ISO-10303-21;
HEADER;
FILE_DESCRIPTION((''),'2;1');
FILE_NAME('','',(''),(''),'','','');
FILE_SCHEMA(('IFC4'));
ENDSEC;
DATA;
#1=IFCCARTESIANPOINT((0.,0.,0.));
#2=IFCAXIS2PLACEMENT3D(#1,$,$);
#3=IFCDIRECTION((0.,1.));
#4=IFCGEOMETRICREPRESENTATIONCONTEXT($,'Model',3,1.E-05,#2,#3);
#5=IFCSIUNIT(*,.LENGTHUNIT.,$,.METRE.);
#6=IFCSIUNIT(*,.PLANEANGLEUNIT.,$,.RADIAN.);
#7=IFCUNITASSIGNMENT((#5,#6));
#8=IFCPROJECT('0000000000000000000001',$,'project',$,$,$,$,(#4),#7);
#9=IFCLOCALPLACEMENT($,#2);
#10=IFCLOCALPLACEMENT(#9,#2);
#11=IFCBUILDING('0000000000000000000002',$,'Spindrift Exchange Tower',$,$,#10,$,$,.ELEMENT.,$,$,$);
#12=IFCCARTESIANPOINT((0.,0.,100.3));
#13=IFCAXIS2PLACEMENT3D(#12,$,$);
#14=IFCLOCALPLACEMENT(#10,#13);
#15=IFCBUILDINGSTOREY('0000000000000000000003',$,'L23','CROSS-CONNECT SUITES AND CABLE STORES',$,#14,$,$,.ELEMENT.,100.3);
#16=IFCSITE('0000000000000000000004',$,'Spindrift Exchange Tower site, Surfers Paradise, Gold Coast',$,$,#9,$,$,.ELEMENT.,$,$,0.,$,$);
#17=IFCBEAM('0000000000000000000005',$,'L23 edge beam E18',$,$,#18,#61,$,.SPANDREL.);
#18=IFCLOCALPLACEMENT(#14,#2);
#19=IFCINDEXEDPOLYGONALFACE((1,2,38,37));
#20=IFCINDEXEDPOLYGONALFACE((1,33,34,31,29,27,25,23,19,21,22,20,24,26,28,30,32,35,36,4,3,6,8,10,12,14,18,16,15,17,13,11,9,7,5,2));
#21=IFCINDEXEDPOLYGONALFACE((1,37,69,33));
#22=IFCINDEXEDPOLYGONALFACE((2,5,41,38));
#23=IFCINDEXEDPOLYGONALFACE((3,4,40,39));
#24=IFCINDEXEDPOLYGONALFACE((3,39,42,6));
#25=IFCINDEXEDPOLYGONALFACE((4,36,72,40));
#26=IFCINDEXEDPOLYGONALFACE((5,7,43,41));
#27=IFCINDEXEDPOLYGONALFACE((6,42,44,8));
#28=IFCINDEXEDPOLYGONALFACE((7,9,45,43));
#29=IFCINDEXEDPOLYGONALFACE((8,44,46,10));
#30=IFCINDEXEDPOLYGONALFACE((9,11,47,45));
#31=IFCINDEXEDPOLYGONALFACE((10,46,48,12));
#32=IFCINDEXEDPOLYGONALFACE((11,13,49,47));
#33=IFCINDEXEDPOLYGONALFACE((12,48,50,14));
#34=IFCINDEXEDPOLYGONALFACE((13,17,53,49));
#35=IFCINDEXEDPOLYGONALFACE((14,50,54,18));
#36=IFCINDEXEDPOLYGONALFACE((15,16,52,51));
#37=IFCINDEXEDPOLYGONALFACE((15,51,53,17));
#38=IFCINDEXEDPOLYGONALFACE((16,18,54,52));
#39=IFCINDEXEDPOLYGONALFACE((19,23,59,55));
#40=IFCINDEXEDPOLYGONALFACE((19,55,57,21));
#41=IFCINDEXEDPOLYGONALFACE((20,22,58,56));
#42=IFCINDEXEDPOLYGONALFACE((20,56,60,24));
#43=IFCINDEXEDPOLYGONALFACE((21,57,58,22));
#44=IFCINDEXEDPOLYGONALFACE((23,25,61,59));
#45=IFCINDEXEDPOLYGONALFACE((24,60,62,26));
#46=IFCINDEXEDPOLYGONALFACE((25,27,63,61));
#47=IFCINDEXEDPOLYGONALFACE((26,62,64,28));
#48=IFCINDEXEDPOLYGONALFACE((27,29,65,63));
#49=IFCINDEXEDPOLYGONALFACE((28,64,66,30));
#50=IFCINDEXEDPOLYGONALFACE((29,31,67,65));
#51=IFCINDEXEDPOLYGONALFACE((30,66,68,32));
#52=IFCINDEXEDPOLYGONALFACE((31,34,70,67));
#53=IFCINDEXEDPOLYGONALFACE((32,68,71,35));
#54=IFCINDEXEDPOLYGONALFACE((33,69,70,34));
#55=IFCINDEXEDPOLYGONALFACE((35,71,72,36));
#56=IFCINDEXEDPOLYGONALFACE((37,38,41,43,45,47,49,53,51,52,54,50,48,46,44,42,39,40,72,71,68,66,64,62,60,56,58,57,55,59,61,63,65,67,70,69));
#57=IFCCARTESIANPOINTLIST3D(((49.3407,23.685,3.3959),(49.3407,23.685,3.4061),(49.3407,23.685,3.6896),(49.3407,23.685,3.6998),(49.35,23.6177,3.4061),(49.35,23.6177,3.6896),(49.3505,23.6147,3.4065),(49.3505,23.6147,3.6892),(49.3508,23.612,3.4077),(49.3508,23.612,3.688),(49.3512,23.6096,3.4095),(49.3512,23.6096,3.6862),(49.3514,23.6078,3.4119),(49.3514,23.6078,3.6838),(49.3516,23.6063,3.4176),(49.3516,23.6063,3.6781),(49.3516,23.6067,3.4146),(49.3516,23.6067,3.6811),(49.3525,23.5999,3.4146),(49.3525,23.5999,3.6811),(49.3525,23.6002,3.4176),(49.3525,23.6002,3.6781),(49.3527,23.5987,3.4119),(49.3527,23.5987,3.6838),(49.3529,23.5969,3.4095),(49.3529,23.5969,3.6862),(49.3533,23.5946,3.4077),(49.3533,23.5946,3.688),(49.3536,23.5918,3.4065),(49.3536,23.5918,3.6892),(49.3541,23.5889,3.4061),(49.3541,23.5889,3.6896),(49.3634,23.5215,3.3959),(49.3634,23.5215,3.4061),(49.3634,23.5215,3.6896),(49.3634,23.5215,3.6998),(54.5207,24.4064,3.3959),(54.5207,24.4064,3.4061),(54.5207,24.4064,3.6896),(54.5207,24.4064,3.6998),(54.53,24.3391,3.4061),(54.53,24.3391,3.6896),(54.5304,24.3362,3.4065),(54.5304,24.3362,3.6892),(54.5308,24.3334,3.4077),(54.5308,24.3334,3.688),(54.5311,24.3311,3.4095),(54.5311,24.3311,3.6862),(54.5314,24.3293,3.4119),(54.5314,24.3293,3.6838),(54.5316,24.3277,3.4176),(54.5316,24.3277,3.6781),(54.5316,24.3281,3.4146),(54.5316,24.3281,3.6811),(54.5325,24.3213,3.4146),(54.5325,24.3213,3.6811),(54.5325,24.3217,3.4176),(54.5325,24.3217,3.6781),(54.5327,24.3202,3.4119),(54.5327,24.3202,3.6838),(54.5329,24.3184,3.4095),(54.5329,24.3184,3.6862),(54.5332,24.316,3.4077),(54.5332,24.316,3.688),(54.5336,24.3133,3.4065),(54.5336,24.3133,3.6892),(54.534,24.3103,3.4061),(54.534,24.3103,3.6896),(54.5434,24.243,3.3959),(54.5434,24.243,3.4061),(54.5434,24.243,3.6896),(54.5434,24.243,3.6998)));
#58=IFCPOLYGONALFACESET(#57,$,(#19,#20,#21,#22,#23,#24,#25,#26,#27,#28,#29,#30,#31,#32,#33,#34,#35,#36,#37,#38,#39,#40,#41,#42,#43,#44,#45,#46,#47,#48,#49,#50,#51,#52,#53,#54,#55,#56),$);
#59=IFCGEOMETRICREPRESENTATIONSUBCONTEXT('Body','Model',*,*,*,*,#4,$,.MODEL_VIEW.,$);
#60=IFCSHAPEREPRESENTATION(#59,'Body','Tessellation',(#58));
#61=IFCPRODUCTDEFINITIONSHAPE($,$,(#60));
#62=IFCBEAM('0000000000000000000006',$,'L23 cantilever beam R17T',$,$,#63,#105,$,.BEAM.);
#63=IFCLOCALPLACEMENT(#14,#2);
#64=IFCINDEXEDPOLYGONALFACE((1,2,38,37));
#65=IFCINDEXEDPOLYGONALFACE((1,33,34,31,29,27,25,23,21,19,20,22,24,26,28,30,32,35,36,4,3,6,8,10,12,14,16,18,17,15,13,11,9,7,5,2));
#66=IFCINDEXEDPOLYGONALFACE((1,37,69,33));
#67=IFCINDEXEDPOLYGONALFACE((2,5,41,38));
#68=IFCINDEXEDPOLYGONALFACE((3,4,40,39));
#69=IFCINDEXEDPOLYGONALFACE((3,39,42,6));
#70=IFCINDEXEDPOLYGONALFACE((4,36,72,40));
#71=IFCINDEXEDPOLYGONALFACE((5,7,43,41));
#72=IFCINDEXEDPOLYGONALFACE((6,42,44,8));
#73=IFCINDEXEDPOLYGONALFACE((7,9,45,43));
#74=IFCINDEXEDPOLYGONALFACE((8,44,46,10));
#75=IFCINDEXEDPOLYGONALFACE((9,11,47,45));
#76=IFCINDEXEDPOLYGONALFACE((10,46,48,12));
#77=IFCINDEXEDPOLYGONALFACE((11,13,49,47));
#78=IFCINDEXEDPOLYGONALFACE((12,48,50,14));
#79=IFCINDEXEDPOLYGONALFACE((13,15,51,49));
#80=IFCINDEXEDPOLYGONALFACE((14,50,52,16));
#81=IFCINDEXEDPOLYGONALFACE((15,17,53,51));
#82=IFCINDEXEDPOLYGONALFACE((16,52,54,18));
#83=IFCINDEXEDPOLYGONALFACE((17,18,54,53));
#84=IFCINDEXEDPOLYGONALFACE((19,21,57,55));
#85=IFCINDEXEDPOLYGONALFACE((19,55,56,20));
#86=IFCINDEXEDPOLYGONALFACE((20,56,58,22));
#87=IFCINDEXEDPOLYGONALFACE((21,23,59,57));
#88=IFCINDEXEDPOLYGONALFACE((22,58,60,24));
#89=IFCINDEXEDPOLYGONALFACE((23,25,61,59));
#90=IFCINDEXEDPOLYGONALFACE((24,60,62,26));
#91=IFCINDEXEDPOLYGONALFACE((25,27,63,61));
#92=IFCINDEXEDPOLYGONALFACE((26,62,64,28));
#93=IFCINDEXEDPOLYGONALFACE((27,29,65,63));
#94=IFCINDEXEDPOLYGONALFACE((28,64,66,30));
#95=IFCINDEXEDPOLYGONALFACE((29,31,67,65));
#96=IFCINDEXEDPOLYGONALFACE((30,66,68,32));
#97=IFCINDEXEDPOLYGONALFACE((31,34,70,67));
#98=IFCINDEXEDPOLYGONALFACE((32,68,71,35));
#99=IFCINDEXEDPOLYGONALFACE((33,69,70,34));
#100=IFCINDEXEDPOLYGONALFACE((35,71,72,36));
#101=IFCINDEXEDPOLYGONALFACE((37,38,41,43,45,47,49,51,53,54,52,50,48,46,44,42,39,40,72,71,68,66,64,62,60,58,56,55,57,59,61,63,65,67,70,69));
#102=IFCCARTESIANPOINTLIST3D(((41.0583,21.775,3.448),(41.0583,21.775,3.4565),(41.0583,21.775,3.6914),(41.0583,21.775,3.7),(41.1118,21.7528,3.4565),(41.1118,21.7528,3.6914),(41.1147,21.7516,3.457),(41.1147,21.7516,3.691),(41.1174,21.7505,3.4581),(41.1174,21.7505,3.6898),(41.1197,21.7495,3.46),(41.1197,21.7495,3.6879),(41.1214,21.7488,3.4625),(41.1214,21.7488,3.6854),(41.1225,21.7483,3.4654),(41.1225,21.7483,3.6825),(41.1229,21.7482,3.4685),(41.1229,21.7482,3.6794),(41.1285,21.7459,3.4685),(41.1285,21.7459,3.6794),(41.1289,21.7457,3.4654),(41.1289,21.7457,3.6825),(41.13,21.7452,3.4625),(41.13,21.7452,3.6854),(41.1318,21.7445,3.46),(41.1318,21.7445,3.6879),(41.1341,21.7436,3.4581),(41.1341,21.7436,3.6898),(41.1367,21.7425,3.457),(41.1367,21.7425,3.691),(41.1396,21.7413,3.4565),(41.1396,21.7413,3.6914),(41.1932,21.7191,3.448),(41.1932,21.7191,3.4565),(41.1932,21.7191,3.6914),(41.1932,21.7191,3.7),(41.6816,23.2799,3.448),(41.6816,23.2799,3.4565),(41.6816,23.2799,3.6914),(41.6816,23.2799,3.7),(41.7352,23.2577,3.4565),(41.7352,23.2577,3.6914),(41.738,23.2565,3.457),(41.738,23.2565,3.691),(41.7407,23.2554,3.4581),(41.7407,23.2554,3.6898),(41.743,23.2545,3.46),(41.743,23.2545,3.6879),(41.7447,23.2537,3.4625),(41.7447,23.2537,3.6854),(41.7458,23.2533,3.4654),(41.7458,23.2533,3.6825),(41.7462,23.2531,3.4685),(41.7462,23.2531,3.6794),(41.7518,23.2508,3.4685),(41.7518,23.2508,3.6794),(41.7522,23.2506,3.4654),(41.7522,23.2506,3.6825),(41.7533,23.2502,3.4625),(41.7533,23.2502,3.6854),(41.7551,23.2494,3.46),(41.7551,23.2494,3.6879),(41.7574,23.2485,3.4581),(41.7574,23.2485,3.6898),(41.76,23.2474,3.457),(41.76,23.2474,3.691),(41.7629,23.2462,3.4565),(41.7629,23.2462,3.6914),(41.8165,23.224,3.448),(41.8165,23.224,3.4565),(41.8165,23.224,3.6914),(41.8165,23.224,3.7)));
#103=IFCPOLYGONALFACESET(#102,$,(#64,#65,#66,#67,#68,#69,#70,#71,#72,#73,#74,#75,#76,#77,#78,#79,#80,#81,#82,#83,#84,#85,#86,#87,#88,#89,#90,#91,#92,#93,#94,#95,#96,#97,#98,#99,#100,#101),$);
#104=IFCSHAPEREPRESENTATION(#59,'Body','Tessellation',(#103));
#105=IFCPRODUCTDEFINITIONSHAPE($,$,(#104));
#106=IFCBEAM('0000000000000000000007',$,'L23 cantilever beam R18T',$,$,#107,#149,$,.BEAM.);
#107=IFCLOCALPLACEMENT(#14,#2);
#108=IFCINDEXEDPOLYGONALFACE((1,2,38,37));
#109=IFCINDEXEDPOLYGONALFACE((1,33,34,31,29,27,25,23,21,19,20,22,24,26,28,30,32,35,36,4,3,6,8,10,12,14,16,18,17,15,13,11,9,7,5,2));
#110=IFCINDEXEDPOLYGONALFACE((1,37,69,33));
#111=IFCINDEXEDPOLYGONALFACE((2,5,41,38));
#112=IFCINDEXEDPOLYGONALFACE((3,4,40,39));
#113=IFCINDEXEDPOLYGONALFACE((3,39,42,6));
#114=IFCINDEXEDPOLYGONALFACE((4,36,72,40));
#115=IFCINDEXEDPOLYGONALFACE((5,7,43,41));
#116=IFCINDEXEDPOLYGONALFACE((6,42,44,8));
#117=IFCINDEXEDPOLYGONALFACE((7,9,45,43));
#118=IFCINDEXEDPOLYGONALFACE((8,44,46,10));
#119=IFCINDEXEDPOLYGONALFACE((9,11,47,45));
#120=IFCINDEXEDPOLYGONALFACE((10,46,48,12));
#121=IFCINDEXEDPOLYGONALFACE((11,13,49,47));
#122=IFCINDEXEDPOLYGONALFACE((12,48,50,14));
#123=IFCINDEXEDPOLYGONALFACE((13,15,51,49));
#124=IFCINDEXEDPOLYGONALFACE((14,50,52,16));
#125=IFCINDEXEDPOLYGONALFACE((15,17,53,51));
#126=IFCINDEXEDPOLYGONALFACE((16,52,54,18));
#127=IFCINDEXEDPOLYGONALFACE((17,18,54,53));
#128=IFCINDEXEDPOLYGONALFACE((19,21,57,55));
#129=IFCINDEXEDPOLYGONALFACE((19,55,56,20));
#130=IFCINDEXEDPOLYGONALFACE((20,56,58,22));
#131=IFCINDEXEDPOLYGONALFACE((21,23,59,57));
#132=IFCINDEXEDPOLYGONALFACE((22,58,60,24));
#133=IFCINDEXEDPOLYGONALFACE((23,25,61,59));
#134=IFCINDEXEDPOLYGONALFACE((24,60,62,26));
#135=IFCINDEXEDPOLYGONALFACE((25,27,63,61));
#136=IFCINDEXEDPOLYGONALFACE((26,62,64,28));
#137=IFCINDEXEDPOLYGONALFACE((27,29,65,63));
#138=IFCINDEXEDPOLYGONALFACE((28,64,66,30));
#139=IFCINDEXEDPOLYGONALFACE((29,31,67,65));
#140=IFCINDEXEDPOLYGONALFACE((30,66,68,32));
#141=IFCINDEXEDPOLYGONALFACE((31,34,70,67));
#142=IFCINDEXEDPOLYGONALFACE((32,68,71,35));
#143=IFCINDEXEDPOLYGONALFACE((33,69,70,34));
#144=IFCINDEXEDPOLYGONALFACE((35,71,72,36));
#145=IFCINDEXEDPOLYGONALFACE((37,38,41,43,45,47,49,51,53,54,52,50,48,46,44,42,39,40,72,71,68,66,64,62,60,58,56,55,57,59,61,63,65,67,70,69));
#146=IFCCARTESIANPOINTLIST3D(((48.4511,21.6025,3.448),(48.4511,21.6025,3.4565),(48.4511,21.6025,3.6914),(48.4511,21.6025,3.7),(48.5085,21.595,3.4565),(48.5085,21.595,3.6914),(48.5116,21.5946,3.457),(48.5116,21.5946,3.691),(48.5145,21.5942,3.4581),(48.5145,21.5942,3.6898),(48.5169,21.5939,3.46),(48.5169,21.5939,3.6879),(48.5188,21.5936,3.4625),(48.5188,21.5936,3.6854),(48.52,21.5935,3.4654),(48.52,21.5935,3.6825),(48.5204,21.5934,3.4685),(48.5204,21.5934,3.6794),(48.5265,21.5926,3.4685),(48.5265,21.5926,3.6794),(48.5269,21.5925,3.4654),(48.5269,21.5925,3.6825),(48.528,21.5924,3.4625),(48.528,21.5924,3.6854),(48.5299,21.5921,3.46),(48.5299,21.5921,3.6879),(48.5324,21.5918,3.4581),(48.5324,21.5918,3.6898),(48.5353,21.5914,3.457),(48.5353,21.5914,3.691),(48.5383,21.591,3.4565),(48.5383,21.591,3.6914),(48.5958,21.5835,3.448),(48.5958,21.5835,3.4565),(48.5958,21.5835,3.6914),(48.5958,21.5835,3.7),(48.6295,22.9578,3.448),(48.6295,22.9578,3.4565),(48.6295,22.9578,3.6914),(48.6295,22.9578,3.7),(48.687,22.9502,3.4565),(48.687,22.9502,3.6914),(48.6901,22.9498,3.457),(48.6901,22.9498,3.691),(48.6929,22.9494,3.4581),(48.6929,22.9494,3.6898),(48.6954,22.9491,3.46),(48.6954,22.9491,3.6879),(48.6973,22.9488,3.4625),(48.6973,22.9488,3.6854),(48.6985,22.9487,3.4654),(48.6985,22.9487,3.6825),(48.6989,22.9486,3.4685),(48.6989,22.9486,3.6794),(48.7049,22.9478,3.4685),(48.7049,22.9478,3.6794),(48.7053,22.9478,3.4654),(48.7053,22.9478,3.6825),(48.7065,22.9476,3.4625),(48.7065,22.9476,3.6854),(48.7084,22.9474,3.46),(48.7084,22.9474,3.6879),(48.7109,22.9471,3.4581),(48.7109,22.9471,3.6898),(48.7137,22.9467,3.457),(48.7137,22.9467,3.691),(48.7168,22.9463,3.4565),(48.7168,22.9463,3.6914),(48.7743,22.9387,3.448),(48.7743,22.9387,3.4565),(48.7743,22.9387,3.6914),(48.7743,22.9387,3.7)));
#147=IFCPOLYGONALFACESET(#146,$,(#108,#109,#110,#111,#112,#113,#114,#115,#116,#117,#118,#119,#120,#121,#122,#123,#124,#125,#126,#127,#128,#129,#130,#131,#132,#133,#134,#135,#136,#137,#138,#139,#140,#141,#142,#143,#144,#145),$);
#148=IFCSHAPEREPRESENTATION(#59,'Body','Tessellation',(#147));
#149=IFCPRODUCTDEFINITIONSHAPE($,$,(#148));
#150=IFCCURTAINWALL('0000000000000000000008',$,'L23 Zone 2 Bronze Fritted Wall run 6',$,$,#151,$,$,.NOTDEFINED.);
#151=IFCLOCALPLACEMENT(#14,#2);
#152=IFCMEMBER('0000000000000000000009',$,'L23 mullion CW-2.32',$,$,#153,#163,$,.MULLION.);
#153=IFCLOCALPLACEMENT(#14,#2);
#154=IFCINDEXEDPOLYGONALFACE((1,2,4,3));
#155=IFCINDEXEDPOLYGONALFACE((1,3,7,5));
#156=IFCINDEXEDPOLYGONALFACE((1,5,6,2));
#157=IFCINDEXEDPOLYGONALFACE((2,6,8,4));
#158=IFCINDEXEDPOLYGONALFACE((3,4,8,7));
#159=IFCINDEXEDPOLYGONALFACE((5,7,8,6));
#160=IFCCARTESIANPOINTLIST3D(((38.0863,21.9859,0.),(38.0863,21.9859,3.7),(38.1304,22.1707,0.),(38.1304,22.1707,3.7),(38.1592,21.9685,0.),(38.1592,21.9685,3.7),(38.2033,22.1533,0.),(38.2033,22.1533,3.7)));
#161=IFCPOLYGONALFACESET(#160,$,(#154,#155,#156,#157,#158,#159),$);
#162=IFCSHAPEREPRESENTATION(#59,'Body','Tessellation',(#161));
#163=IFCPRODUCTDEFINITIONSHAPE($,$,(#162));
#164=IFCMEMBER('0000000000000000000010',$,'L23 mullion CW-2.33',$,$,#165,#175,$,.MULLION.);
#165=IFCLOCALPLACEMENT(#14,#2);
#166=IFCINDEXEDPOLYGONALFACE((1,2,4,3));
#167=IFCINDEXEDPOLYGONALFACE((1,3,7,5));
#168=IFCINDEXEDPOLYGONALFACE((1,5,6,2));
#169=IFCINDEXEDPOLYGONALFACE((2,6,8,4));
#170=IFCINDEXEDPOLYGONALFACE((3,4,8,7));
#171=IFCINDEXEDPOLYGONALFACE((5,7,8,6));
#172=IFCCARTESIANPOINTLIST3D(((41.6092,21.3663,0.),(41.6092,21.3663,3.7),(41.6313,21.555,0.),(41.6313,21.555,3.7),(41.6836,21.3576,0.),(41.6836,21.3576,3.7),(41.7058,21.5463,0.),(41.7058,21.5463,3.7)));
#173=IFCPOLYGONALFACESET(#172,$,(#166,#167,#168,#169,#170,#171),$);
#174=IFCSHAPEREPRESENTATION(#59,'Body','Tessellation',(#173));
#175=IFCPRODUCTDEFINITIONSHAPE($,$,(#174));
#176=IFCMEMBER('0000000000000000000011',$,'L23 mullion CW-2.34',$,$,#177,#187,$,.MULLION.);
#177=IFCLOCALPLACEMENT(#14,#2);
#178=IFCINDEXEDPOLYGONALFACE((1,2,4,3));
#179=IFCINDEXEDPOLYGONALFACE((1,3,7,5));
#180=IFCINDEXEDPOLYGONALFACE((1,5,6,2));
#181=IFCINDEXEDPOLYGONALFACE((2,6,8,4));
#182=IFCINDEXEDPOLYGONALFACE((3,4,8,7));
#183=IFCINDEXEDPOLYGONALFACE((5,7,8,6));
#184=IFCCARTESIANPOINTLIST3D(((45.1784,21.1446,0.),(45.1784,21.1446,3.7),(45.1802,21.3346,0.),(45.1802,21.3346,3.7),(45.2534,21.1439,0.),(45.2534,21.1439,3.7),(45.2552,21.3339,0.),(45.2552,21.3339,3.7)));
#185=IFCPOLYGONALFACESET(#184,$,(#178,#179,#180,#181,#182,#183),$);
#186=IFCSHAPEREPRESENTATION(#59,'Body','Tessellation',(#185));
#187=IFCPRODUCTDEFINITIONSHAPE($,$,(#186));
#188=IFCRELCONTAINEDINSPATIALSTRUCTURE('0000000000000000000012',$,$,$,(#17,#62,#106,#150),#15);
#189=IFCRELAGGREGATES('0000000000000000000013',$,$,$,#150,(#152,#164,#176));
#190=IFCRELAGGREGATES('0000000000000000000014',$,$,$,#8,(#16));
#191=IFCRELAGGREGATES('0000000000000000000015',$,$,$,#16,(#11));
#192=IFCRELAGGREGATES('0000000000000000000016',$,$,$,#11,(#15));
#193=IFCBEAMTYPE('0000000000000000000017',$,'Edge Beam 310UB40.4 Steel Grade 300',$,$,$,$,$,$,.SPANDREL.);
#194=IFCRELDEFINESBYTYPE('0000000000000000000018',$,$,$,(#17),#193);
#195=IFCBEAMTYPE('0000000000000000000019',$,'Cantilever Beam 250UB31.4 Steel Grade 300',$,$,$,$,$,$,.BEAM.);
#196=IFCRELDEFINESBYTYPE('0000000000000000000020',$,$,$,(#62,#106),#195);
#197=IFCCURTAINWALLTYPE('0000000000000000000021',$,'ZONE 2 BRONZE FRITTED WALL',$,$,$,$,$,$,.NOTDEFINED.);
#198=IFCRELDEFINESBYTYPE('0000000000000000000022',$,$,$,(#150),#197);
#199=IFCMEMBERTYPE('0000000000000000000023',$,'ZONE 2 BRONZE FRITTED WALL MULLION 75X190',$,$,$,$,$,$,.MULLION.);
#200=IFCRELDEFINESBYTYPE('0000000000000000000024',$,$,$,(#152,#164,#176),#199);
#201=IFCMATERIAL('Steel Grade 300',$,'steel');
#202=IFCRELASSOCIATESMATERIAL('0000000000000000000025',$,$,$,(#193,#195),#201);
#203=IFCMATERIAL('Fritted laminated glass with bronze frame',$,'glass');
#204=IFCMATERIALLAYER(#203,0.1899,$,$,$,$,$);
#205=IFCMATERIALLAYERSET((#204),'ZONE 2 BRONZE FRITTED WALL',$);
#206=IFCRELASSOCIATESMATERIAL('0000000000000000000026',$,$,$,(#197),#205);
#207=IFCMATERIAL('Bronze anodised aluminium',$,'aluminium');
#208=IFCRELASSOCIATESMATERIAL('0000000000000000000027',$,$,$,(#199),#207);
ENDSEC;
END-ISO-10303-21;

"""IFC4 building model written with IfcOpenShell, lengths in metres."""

from ifc_helpers import new_model, si_unit, direction, frame, origin, origin_2d, place, context, subcontext, project, spatial, rectangle, i_section, extrude, source, transform, mapped, material, layer, layer_set, material_profile, profile_set, type_object, element, aggregate, save


model = new_model("IFC4")

# Units and contexts
model_context = context("Model", 3, precision=1e-05, world=origin(), true_north=direction((0.0, 1.0)))
body_context = subcontext(model_context, "Body", "Model", "MODEL_VIEW")
ifc_project = project(units=[si_unit("LENGTHUNIT", "METRE"), si_unit("PLANEANGLEUNIT", "RADIAN")], contexts=[model_context])

# Site, building, storey
site_placement = place(None, origin())
site = spatial("IfcSite", under=ifc_project, at=site_placement, Name="Spindrift Exchange Tower site, Surfers Paradise, Gold Coast", CompositionType="ELEMENT", RefElevation=0.0)
building_placement = place(site_placement, origin())
building = spatial("IfcBuilding", under=site, at=building_placement, Name="Spindrift Exchange Tower", CompositionType="ELEMENT")
storey_placement = place(building_placement, frame((0.0, 0.0, 100.3)))
storey = spatial("IfcBuildingStorey", under=building, at=storey_placement, Name="L23", Description="CROSS-CONNECT SUITES AND CABLE STORES", CompositionType="ELEMENT", Elevation=100.3)

# Beams
ifc_material_1 = material(Name="Steel Grade 300", Category="steel")
ifc_material_profile_1 = material_profile(ifc_material_1, i_section(OverallWidth=0.165, OverallDepth=0.304, WebThickness=0.0061, FlangeThickness=0.0103, FilletRadius=0.0115, at=origin_2d()), Name="310UB40.4")
ifc_profile_set_1 = profile_set([ifc_material_profile_1], Name="Steel Grade 300")
beam_type_1 = type_object("IfcBeamType", Name="Edge Beam 310UB40.4 Steel Grade 300", PredefinedType="SPANDREL", material=ifc_profile_set_1)
shared_shape_1 = source(origin(), body_context, "Body", "SweptSolid", [
    extrude(i_section(OverallWidth=0.165, OverallDepth=0.304, WebThickness=0.0061, FlangeThickness=0.0103, FilletRadius=0.0115, at=origin_2d()), origin(), (0.0, 0.0, 1.0), 5.23),
])
beam_1_placement = place(storey_placement, frame((49.3521, 23.6033, 3.5479), z_axis=(0.99044, 0.137944, 0.0), x_axis=(-0.137944, 0.99044, 0.0)))
element("IfcBeam", 1, at=beam_1_placement, inside=storey, type_object=beam_type_1, Name="L23 edge beam E18", PredefinedType="SPANDREL", context=body_context, shape_type="MappedRepresentation", body=[
    mapped(shared_shape_1, transform((0.0, 0.0, 0.0), scale=1.0)),
])
ifc_material_profile_2 = material_profile(ifc_material_1, i_section(OverallWidth=0.146, OverallDepth=0.252, WebThickness=0.0061, FlangeThickness=0.0085, FilletRadius=0.012, at=origin_2d()), Name="250UB31.4")
ifc_profile_set_2 = profile_set([ifc_material_profile_2], Name="Steel Grade 300")
beam_type_2 = type_object("IfcBeamType", Name="Cantilever Beam 250UB31.4 Steel Grade 300", PredefinedType="BEAM", material=ifc_profile_set_2)
shared_shape_2 = source(origin(), body_context, "Body", "SweptSolid", [
    extrude(i_section(OverallWidth=0.146, OverallDepth=0.252, WebThickness=0.0061, FlangeThickness=0.0085, FilletRadius=0.012, at=origin_2d()), origin(), (0.0, 0.0, 1.0), 1.6289),
])
beam_2_placement = place(storey_placement, frame((41.749, 23.252, 3.574), z_axis=(-0.382656, -0.923891, 0.0), x_axis=(0.923891, -0.382656, 0.0)))
element("IfcBeam", 2, at=beam_2_placement, inside=storey, type_object=beam_type_2, Name="L23 cantilever beam R17T", PredefinedType="BEAM", context=body_context, shape_type="MappedRepresentation", body=[
    mapped(shared_shape_2, transform((0.0, 0.0, 0.0), scale=1.0)),
])
shared_shape_3 = source(origin(), body_context, "Body", "SweptSolid", [
    extrude(i_section(OverallWidth=0.146, OverallDepth=0.252, WebThickness=0.0061, FlangeThickness=0.0085, FilletRadius=0.012, at=origin_2d()), origin(), (0.0, 0.0, 1.0), 1.3669),
])
beam_3_placement = place(storey_placement, frame((48.7019, 22.9482, 3.574), z_axis=(-0.130561, -0.99144, 0.0), x_axis=(0.99144, -0.130561, 0.0)))
element("IfcBeam", 3, at=beam_3_placement, inside=storey, type_object=beam_type_2, Name="L23 cantilever beam R18T", PredefinedType="BEAM", context=body_context, shape_type="MappedRepresentation", body=[
    mapped(shared_shape_3, transform((0.0, 0.0, 0.0), scale=1.0)),
])

# Curtain wall, members
ifc_material_2 = material(Name="Fritted laminated glass with bronze frame", Category="glass")
ifc_layer_1 = layer(ifc_material_2, 0.1899)
ifc_layer_set_1 = layer_set([ifc_layer_1], Name="ZONE 2 BRONZE FRITTED WALL")
curtain_wall_type = type_object("IfcCurtainWallType", Name="ZONE 2 BRONZE FRITTED WALL", PredefinedType="NOTDEFINED", material=ifc_layer_set_1)
curtain_wall_placement = place(storey_placement, origin())
curtain_wall = element("IfcCurtainWall", 4, at=curtain_wall_placement, inside=storey, type_object=curtain_wall_type, Name="L23 Zone 2 Bronze Fritted Wall run 6", PredefinedType="NOTDEFINED")
ifc_material_3 = material(Name="Bronze anodised aluminium", Category="aluminium")
ifc_material_profile_3 = material_profile(ifc_material_3, rectangle(XDim=0.075, YDim=0.1899, at=origin_2d()), Name="ZONE 2 BRONZE FRITTED WALL MULLION 75X190")
ifc_profile_set_3 = profile_set([ifc_material_profile_3], Name="Bronze anodised aluminium")
member_type_1 = type_object("IfcMemberType", Name="ZONE 2 BRONZE FRITTED WALL MULLION 75X190", PredefinedType="MULLION", material=ifc_profile_set_3)
shared_shape_4 = source(origin(), body_context, "Body", "SweptSolid", [
    extrude(rectangle(XDim=0.075, YDim=0.1899, at=origin_2d()), origin(), (0.0, 0.0, 1.0), 3.7),
])
member_1_placement = place(storey_placement, frame((38.1448, 22.0696, 0.0), z_axis=(0.0, 0.0, 1.0), x_axis=(0.972694, -0.232092, 0.0)))
member_1 = element("IfcMember", 5, at=member_1_placement, type_object=member_type_1, Name="L23 mullion CW-2.32", PredefinedType="MULLION", context=body_context, shape_type="MappedRepresentation", body=[
    mapped(shared_shape_4, transform((0.0, 0.0, 0.0), scale=1.0)),
])
member_2_placement = place(storey_placement, frame((41.6575, 21.4563, 0.0), z_axis=(0.0, 0.0, 1.0), x_axis=(0.993178, -0.116608, 0.0)))
member_2 = element("IfcMember", 6, at=member_2_placement, type_object=member_type_1, Name="L23 mullion CW-2.33", PredefinedType="MULLION", context=body_context, shape_type="MappedRepresentation", body=[
    mapped(shared_shape_4, transform((0.0, 0.0, 0.0), scale=1.0)),
])
member_3_placement = place(storey_placement, frame((45.2168, 21.2393, 0.0), z_axis=(0.0, 0.0, 1.0), x_axis=(0.999956, -0.009352, 0.0)))
member_3 = element("IfcMember", 7, at=member_3_placement, type_object=member_type_1, Name="L23 mullion CW-2.34", PredefinedType="MULLION", context=body_context, shape_type="MappedRepresentation", body=[
    mapped(shared_shape_4, transform((0.0, 0.0, 0.0), scale=1.0)),
])
aggregate(curtain_wall, [member_1, member_2, member_3])

save(model, "model.ifc")
